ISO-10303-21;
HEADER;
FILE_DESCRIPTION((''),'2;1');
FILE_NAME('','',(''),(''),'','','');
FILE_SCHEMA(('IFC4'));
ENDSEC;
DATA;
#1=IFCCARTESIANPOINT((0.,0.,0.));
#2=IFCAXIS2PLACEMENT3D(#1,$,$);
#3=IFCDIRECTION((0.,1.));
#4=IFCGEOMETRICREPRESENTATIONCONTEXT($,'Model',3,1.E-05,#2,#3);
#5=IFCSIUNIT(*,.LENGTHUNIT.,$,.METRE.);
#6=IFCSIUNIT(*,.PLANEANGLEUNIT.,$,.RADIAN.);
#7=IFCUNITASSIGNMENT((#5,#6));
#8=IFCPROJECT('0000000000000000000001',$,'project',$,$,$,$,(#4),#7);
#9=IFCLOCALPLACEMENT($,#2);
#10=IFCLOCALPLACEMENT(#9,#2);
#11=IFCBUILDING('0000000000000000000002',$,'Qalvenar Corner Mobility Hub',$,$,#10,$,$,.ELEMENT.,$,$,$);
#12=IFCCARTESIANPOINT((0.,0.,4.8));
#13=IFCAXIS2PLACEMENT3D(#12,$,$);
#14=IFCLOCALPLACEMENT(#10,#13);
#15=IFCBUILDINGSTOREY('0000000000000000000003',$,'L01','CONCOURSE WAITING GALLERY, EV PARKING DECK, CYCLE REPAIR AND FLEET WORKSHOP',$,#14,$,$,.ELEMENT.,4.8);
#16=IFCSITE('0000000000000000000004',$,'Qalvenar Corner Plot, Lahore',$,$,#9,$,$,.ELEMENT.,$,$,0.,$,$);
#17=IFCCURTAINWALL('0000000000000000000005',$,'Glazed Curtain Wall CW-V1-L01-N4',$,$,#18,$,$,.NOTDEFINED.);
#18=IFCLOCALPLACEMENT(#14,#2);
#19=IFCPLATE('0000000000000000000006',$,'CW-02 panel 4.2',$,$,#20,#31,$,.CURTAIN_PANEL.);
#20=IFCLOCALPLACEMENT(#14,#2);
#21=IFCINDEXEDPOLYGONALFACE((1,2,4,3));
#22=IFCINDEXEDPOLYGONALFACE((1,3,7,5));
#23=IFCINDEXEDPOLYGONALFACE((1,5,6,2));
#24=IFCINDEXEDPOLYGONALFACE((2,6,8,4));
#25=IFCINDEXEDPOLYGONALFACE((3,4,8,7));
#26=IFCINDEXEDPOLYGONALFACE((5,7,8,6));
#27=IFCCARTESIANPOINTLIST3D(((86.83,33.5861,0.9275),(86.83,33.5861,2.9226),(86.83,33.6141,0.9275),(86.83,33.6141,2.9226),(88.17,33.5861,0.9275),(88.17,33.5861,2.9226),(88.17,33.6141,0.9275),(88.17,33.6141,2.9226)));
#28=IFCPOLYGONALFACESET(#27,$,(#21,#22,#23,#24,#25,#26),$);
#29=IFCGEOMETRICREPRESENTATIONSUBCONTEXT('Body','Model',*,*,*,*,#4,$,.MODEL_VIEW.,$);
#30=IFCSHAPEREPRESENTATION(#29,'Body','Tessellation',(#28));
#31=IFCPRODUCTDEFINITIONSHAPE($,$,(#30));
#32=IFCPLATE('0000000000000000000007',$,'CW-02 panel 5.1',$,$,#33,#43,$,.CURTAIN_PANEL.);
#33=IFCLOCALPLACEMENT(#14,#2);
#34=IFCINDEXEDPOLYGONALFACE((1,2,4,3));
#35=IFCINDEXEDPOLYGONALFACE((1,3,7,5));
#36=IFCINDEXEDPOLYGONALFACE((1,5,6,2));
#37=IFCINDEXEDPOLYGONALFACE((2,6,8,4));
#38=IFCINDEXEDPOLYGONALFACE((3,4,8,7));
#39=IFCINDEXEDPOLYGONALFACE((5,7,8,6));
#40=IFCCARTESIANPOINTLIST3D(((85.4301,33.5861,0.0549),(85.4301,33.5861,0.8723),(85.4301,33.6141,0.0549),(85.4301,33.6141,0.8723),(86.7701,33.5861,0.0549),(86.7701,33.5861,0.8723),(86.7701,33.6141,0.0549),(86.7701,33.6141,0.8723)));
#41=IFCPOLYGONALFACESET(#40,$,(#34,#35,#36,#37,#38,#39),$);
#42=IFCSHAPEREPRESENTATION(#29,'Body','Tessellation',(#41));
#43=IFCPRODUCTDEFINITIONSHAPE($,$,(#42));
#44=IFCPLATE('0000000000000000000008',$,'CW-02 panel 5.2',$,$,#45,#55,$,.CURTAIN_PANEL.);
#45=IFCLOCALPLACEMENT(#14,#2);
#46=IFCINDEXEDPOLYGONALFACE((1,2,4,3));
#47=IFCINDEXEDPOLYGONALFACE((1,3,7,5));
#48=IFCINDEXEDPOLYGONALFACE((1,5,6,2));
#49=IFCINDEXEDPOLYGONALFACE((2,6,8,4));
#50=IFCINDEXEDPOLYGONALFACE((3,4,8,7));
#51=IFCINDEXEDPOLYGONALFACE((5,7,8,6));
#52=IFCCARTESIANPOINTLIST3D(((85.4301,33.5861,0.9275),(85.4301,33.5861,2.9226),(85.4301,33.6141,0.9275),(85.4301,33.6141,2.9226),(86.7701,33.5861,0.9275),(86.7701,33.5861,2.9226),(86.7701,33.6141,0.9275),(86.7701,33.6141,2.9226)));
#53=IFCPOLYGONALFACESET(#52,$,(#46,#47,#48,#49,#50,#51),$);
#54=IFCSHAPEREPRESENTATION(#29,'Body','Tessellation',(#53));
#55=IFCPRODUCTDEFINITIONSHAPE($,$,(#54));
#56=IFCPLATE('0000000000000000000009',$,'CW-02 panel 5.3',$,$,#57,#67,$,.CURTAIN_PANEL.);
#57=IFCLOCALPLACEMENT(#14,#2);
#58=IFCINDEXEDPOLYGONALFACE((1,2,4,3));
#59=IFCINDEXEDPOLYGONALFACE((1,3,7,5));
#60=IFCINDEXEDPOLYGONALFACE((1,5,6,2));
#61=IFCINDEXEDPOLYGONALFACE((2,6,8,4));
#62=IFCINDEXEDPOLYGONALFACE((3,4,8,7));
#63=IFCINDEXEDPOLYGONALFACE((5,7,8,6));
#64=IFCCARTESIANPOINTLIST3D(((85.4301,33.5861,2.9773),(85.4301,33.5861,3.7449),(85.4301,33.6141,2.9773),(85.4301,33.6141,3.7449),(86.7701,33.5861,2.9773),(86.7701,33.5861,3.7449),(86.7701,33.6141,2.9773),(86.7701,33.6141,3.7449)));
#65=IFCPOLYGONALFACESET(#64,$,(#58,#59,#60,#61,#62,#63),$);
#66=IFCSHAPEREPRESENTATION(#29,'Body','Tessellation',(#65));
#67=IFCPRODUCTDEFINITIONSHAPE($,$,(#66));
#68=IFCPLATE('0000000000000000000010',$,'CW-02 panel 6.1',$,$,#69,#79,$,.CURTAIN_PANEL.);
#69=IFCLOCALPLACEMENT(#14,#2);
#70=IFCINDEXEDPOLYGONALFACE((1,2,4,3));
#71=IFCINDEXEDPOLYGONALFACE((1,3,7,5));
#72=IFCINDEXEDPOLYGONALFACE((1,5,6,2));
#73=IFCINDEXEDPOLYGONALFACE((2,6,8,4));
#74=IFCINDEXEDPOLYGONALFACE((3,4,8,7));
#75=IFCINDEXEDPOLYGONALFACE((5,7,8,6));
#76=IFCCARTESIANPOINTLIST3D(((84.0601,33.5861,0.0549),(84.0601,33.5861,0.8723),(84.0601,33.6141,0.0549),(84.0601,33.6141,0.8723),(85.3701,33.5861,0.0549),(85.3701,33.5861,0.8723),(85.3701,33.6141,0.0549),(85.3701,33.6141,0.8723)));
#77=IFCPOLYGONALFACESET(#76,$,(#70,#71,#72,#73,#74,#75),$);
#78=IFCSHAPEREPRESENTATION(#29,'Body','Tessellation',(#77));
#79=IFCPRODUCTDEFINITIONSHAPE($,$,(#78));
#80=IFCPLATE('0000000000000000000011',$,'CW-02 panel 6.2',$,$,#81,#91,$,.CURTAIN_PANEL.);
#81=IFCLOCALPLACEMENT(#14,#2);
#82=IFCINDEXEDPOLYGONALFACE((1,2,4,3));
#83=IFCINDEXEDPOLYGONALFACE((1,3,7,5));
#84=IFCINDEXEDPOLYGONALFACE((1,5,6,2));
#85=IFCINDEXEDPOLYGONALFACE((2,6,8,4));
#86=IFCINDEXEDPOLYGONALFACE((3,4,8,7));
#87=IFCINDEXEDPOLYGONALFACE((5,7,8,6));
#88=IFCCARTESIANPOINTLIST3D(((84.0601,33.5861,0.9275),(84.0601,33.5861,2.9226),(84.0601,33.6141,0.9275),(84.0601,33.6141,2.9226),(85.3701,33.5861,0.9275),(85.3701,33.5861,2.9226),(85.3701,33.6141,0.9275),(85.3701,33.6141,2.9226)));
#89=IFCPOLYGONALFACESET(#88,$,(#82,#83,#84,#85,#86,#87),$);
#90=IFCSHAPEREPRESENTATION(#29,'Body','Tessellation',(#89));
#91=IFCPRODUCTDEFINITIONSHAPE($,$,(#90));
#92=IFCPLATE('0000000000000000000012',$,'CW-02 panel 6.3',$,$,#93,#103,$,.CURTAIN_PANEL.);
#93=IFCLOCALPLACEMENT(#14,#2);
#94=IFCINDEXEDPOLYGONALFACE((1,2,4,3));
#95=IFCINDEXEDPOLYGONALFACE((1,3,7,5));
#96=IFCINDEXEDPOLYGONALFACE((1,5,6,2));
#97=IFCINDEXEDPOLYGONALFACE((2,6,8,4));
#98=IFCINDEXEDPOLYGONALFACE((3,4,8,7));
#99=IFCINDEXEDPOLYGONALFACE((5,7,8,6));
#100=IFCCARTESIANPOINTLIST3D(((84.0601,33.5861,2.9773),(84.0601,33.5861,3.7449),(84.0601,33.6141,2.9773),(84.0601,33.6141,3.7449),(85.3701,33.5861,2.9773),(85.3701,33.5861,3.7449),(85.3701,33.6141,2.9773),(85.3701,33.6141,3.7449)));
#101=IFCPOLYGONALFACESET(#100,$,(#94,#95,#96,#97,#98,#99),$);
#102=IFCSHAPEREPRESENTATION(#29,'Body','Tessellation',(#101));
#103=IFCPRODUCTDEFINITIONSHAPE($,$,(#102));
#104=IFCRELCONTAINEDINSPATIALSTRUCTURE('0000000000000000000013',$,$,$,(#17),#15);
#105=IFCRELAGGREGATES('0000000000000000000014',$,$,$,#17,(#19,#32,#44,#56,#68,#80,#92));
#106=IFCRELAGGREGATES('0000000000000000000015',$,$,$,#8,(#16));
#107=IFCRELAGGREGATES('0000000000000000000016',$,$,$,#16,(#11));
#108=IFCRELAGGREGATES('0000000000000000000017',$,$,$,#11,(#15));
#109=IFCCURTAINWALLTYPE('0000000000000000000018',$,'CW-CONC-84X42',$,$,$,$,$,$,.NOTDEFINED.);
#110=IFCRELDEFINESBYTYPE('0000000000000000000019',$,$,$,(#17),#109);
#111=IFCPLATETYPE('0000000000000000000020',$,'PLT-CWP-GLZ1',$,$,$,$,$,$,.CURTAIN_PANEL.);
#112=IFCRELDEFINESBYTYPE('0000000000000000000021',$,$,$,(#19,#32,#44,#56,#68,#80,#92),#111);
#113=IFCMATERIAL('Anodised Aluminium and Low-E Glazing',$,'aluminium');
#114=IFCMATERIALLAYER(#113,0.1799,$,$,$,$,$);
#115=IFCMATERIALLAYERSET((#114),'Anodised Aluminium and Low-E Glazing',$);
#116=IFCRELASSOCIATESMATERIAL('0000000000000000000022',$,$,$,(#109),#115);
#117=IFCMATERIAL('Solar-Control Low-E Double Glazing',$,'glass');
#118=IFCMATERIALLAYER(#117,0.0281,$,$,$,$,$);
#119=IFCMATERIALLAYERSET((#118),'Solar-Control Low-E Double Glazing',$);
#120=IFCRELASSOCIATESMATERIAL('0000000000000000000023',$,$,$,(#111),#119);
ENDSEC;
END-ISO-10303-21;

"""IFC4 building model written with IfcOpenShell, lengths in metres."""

from ifc_helpers import new_model, si_unit, direction, frame, origin, origin_2d, place, context, subcontext, project, spatial, rectangle, extrude, material, layer, layer_set, type_object, element, aggregate, save


model = new_model("IFC4")

# Units and contexts
model_context = context("Model", 3, precision=1e-05, world=origin(), true_north=direction((0.0, 1.0)))
body_context = subcontext(model_context, "Body", "Model", "MODEL_VIEW")
ifc_project = project(units=[si_unit("LENGTHUNIT", "METRE"), si_unit("PLANEANGLEUNIT", "RADIAN")], contexts=[model_context])

# Site, building, storey
site_placement = place(None, origin())
site = spatial("IfcSite", under=ifc_project, at=site_placement, Name="Qalvenar Corner Plot, Lahore", CompositionType="ELEMENT", RefElevation=0.0)
building_placement = place(site_placement, origin())
building = spatial("IfcBuilding", under=site, at=building_placement, Name="Qalvenar Corner Mobility Hub", CompositionType="ELEMENT")
storey_placement = place(building_placement, frame((0.0, 0.0, 4.8)))
storey = spatial("IfcBuildingStorey", under=building, at=storey_placement, Name="L01", Description="CONCOURSE WAITING GALLERY, EV PARKING DECK, CYCLE REPAIR AND FLEET WORKSHOP", CompositionType="ELEMENT", Elevation=4.8)

# Curtain wall
ifc_material_1 = material(Name="Anodised Aluminium and Low-E Glazing", Category="aluminium")
ifc_layer_1 = layer(ifc_material_1, 0.1799)
ifc_layer_set_1 = layer_set([ifc_layer_1], Name="Anodised Aluminium and Low-E Glazing")
curtain_wall_type = type_object("IfcCurtainWallType", Name="CW-CONC-84X42", PredefinedType="NOTDEFINED", material=ifc_layer_set_1)
curtain_wall_1_placement = place(storey_placement, origin())
curtain_wall_1 = element("IfcCurtainWall", 1, at=curtain_wall_1_placement, inside=storey, type_object=curtain_wall_type, Name="Glazed Curtain Wall CW-V1-L01-N4", PredefinedType="NOTDEFINED")

# Plates
ifc_material_2 = material(Name="Solar-Control Low-E Double Glazing", Category="glass")
ifc_layer_2 = layer(ifc_material_2, 0.0281)
ifc_layer_set_2 = layer_set([ifc_layer_2], Name="Solar-Control Low-E Double Glazing")
plate_type = type_object("IfcPlateType", Name="PLT-CWP-GLZ1", PredefinedType="CURTAIN_PANEL", material=ifc_layer_set_2)
plate_1_placement = place(storey_placement, frame((87.5, 33.6001, 0.9275), z_axis=(0.0, 0.0, 1.0), x_axis=(-1.0, 0.0, 0.0)))
plate_1 = element("IfcPlate", 2, at=plate_1_placement, type_object=plate_type, Name="CW-02 panel 4.2", PredefinedType="CURTAIN_PANEL", context=body_context, shape_type="SweptSolid", body=[
    extrude(rectangle(XDim=1.3401, YDim=0.0281, at=origin_2d()), origin(), (0.0, 0.0, 1.0), 1.9951),
])
plate_2_placement = place(storey_placement, frame((86.1001, 33.6001, 0.0549), z_axis=(0.0, 0.0, 1.0), x_axis=(-1.0, 0.0, 0.0)))
plate_2 = element("IfcPlate", 3, at=plate_2_placement, type_object=plate_type, Name="CW-02 panel 5.1", PredefinedType="CURTAIN_PANEL", context=body_context, shape_type="SweptSolid", body=[
    extrude(rectangle(XDim=1.3401, YDim=0.0281, at=origin_2d()), origin(), (0.0, 0.0, 1.0), 0.8174),
])
plate_3_placement = place(storey_placement, frame((86.1001, 33.6001, 0.9275), z_axis=(0.0, 0.0, 1.0), x_axis=(-1.0, 0.0, 0.0)))
plate_3 = element("IfcPlate", 4, at=plate_3_placement, type_object=plate_type, Name="CW-02 panel 5.2", PredefinedType="CURTAIN_PANEL", context=body_context, shape_type="SweptSolid", body=[
    extrude(rectangle(XDim=1.3401, YDim=0.0281, at=origin_2d()), origin(), (0.0, 0.0, 1.0), 1.9951),
])
plate_4_placement = place(storey_placement, frame((86.1001, 33.6001, 2.9773), z_axis=(0.0, 0.0, 1.0), x_axis=(-1.0, 0.0, 0.0)))
plate_4 = element("IfcPlate", 5, at=plate_4_placement, type_object=plate_type, Name="CW-02 panel 5.3", PredefinedType="CURTAIN_PANEL", context=body_context, shape_type="SweptSolid", body=[
    extrude(rectangle(XDim=1.3401, YDim=0.0281, at=origin_2d()), origin(), (0.0, 0.0, 1.0), 0.7676),
])
plate_5_placement = place(storey_placement, frame((84.7151, 33.6001, 0.0549), z_axis=(0.0, 0.0, 1.0), x_axis=(-1.0, 0.0, 0.0)))
plate_5 = element("IfcPlate", 6, at=plate_5_placement, type_object=plate_type, Name="CW-02 panel 6.1", PredefinedType="CURTAIN_PANEL", context=body_context, shape_type="SweptSolid", body=[
    extrude(rectangle(XDim=1.3101, YDim=0.0281, at=origin_2d()), origin(), (0.0, 0.0, 1.0), 0.8174),
])
plate_6_placement = place(storey_placement, frame((84.7151, 33.6001, 0.9275), z_axis=(0.0, 0.0, 1.0), x_axis=(-1.0, 0.0, 0.0)))
plate_6 = element("IfcPlate", 7, at=plate_6_placement, type_object=plate_type, Name="CW-02 panel 6.2", PredefinedType="CURTAIN_PANEL", context=body_context, shape_type="SweptSolid", body=[
    extrude(rectangle(XDim=1.3101, YDim=0.0281, at=origin_2d()), origin(), (0.0, 0.0, 1.0), 1.9951),
])
plate_7_placement = place(storey_placement, frame((84.7151, 33.6001, 2.9773), z_axis=(0.0, 0.0, 1.0), x_axis=(-1.0, 0.0, 0.0)))
plate_7 = element("IfcPlate", 8, at=plate_7_placement, type_object=plate_type, Name="CW-02 panel 6.3", PredefinedType="CURTAIN_PANEL", context=body_context, shape_type="SweptSolid", body=[
    extrude(rectangle(XDim=1.3101, YDim=0.0281, at=origin_2d()), origin(), (0.0, 0.0, 1.0), 0.7676),
])
aggregate(curtain_wall_1, [plate_1, plate_2, plate_3, plate_4, plate_5, plate_6, plate_7])

save(model, "model.ifc")
